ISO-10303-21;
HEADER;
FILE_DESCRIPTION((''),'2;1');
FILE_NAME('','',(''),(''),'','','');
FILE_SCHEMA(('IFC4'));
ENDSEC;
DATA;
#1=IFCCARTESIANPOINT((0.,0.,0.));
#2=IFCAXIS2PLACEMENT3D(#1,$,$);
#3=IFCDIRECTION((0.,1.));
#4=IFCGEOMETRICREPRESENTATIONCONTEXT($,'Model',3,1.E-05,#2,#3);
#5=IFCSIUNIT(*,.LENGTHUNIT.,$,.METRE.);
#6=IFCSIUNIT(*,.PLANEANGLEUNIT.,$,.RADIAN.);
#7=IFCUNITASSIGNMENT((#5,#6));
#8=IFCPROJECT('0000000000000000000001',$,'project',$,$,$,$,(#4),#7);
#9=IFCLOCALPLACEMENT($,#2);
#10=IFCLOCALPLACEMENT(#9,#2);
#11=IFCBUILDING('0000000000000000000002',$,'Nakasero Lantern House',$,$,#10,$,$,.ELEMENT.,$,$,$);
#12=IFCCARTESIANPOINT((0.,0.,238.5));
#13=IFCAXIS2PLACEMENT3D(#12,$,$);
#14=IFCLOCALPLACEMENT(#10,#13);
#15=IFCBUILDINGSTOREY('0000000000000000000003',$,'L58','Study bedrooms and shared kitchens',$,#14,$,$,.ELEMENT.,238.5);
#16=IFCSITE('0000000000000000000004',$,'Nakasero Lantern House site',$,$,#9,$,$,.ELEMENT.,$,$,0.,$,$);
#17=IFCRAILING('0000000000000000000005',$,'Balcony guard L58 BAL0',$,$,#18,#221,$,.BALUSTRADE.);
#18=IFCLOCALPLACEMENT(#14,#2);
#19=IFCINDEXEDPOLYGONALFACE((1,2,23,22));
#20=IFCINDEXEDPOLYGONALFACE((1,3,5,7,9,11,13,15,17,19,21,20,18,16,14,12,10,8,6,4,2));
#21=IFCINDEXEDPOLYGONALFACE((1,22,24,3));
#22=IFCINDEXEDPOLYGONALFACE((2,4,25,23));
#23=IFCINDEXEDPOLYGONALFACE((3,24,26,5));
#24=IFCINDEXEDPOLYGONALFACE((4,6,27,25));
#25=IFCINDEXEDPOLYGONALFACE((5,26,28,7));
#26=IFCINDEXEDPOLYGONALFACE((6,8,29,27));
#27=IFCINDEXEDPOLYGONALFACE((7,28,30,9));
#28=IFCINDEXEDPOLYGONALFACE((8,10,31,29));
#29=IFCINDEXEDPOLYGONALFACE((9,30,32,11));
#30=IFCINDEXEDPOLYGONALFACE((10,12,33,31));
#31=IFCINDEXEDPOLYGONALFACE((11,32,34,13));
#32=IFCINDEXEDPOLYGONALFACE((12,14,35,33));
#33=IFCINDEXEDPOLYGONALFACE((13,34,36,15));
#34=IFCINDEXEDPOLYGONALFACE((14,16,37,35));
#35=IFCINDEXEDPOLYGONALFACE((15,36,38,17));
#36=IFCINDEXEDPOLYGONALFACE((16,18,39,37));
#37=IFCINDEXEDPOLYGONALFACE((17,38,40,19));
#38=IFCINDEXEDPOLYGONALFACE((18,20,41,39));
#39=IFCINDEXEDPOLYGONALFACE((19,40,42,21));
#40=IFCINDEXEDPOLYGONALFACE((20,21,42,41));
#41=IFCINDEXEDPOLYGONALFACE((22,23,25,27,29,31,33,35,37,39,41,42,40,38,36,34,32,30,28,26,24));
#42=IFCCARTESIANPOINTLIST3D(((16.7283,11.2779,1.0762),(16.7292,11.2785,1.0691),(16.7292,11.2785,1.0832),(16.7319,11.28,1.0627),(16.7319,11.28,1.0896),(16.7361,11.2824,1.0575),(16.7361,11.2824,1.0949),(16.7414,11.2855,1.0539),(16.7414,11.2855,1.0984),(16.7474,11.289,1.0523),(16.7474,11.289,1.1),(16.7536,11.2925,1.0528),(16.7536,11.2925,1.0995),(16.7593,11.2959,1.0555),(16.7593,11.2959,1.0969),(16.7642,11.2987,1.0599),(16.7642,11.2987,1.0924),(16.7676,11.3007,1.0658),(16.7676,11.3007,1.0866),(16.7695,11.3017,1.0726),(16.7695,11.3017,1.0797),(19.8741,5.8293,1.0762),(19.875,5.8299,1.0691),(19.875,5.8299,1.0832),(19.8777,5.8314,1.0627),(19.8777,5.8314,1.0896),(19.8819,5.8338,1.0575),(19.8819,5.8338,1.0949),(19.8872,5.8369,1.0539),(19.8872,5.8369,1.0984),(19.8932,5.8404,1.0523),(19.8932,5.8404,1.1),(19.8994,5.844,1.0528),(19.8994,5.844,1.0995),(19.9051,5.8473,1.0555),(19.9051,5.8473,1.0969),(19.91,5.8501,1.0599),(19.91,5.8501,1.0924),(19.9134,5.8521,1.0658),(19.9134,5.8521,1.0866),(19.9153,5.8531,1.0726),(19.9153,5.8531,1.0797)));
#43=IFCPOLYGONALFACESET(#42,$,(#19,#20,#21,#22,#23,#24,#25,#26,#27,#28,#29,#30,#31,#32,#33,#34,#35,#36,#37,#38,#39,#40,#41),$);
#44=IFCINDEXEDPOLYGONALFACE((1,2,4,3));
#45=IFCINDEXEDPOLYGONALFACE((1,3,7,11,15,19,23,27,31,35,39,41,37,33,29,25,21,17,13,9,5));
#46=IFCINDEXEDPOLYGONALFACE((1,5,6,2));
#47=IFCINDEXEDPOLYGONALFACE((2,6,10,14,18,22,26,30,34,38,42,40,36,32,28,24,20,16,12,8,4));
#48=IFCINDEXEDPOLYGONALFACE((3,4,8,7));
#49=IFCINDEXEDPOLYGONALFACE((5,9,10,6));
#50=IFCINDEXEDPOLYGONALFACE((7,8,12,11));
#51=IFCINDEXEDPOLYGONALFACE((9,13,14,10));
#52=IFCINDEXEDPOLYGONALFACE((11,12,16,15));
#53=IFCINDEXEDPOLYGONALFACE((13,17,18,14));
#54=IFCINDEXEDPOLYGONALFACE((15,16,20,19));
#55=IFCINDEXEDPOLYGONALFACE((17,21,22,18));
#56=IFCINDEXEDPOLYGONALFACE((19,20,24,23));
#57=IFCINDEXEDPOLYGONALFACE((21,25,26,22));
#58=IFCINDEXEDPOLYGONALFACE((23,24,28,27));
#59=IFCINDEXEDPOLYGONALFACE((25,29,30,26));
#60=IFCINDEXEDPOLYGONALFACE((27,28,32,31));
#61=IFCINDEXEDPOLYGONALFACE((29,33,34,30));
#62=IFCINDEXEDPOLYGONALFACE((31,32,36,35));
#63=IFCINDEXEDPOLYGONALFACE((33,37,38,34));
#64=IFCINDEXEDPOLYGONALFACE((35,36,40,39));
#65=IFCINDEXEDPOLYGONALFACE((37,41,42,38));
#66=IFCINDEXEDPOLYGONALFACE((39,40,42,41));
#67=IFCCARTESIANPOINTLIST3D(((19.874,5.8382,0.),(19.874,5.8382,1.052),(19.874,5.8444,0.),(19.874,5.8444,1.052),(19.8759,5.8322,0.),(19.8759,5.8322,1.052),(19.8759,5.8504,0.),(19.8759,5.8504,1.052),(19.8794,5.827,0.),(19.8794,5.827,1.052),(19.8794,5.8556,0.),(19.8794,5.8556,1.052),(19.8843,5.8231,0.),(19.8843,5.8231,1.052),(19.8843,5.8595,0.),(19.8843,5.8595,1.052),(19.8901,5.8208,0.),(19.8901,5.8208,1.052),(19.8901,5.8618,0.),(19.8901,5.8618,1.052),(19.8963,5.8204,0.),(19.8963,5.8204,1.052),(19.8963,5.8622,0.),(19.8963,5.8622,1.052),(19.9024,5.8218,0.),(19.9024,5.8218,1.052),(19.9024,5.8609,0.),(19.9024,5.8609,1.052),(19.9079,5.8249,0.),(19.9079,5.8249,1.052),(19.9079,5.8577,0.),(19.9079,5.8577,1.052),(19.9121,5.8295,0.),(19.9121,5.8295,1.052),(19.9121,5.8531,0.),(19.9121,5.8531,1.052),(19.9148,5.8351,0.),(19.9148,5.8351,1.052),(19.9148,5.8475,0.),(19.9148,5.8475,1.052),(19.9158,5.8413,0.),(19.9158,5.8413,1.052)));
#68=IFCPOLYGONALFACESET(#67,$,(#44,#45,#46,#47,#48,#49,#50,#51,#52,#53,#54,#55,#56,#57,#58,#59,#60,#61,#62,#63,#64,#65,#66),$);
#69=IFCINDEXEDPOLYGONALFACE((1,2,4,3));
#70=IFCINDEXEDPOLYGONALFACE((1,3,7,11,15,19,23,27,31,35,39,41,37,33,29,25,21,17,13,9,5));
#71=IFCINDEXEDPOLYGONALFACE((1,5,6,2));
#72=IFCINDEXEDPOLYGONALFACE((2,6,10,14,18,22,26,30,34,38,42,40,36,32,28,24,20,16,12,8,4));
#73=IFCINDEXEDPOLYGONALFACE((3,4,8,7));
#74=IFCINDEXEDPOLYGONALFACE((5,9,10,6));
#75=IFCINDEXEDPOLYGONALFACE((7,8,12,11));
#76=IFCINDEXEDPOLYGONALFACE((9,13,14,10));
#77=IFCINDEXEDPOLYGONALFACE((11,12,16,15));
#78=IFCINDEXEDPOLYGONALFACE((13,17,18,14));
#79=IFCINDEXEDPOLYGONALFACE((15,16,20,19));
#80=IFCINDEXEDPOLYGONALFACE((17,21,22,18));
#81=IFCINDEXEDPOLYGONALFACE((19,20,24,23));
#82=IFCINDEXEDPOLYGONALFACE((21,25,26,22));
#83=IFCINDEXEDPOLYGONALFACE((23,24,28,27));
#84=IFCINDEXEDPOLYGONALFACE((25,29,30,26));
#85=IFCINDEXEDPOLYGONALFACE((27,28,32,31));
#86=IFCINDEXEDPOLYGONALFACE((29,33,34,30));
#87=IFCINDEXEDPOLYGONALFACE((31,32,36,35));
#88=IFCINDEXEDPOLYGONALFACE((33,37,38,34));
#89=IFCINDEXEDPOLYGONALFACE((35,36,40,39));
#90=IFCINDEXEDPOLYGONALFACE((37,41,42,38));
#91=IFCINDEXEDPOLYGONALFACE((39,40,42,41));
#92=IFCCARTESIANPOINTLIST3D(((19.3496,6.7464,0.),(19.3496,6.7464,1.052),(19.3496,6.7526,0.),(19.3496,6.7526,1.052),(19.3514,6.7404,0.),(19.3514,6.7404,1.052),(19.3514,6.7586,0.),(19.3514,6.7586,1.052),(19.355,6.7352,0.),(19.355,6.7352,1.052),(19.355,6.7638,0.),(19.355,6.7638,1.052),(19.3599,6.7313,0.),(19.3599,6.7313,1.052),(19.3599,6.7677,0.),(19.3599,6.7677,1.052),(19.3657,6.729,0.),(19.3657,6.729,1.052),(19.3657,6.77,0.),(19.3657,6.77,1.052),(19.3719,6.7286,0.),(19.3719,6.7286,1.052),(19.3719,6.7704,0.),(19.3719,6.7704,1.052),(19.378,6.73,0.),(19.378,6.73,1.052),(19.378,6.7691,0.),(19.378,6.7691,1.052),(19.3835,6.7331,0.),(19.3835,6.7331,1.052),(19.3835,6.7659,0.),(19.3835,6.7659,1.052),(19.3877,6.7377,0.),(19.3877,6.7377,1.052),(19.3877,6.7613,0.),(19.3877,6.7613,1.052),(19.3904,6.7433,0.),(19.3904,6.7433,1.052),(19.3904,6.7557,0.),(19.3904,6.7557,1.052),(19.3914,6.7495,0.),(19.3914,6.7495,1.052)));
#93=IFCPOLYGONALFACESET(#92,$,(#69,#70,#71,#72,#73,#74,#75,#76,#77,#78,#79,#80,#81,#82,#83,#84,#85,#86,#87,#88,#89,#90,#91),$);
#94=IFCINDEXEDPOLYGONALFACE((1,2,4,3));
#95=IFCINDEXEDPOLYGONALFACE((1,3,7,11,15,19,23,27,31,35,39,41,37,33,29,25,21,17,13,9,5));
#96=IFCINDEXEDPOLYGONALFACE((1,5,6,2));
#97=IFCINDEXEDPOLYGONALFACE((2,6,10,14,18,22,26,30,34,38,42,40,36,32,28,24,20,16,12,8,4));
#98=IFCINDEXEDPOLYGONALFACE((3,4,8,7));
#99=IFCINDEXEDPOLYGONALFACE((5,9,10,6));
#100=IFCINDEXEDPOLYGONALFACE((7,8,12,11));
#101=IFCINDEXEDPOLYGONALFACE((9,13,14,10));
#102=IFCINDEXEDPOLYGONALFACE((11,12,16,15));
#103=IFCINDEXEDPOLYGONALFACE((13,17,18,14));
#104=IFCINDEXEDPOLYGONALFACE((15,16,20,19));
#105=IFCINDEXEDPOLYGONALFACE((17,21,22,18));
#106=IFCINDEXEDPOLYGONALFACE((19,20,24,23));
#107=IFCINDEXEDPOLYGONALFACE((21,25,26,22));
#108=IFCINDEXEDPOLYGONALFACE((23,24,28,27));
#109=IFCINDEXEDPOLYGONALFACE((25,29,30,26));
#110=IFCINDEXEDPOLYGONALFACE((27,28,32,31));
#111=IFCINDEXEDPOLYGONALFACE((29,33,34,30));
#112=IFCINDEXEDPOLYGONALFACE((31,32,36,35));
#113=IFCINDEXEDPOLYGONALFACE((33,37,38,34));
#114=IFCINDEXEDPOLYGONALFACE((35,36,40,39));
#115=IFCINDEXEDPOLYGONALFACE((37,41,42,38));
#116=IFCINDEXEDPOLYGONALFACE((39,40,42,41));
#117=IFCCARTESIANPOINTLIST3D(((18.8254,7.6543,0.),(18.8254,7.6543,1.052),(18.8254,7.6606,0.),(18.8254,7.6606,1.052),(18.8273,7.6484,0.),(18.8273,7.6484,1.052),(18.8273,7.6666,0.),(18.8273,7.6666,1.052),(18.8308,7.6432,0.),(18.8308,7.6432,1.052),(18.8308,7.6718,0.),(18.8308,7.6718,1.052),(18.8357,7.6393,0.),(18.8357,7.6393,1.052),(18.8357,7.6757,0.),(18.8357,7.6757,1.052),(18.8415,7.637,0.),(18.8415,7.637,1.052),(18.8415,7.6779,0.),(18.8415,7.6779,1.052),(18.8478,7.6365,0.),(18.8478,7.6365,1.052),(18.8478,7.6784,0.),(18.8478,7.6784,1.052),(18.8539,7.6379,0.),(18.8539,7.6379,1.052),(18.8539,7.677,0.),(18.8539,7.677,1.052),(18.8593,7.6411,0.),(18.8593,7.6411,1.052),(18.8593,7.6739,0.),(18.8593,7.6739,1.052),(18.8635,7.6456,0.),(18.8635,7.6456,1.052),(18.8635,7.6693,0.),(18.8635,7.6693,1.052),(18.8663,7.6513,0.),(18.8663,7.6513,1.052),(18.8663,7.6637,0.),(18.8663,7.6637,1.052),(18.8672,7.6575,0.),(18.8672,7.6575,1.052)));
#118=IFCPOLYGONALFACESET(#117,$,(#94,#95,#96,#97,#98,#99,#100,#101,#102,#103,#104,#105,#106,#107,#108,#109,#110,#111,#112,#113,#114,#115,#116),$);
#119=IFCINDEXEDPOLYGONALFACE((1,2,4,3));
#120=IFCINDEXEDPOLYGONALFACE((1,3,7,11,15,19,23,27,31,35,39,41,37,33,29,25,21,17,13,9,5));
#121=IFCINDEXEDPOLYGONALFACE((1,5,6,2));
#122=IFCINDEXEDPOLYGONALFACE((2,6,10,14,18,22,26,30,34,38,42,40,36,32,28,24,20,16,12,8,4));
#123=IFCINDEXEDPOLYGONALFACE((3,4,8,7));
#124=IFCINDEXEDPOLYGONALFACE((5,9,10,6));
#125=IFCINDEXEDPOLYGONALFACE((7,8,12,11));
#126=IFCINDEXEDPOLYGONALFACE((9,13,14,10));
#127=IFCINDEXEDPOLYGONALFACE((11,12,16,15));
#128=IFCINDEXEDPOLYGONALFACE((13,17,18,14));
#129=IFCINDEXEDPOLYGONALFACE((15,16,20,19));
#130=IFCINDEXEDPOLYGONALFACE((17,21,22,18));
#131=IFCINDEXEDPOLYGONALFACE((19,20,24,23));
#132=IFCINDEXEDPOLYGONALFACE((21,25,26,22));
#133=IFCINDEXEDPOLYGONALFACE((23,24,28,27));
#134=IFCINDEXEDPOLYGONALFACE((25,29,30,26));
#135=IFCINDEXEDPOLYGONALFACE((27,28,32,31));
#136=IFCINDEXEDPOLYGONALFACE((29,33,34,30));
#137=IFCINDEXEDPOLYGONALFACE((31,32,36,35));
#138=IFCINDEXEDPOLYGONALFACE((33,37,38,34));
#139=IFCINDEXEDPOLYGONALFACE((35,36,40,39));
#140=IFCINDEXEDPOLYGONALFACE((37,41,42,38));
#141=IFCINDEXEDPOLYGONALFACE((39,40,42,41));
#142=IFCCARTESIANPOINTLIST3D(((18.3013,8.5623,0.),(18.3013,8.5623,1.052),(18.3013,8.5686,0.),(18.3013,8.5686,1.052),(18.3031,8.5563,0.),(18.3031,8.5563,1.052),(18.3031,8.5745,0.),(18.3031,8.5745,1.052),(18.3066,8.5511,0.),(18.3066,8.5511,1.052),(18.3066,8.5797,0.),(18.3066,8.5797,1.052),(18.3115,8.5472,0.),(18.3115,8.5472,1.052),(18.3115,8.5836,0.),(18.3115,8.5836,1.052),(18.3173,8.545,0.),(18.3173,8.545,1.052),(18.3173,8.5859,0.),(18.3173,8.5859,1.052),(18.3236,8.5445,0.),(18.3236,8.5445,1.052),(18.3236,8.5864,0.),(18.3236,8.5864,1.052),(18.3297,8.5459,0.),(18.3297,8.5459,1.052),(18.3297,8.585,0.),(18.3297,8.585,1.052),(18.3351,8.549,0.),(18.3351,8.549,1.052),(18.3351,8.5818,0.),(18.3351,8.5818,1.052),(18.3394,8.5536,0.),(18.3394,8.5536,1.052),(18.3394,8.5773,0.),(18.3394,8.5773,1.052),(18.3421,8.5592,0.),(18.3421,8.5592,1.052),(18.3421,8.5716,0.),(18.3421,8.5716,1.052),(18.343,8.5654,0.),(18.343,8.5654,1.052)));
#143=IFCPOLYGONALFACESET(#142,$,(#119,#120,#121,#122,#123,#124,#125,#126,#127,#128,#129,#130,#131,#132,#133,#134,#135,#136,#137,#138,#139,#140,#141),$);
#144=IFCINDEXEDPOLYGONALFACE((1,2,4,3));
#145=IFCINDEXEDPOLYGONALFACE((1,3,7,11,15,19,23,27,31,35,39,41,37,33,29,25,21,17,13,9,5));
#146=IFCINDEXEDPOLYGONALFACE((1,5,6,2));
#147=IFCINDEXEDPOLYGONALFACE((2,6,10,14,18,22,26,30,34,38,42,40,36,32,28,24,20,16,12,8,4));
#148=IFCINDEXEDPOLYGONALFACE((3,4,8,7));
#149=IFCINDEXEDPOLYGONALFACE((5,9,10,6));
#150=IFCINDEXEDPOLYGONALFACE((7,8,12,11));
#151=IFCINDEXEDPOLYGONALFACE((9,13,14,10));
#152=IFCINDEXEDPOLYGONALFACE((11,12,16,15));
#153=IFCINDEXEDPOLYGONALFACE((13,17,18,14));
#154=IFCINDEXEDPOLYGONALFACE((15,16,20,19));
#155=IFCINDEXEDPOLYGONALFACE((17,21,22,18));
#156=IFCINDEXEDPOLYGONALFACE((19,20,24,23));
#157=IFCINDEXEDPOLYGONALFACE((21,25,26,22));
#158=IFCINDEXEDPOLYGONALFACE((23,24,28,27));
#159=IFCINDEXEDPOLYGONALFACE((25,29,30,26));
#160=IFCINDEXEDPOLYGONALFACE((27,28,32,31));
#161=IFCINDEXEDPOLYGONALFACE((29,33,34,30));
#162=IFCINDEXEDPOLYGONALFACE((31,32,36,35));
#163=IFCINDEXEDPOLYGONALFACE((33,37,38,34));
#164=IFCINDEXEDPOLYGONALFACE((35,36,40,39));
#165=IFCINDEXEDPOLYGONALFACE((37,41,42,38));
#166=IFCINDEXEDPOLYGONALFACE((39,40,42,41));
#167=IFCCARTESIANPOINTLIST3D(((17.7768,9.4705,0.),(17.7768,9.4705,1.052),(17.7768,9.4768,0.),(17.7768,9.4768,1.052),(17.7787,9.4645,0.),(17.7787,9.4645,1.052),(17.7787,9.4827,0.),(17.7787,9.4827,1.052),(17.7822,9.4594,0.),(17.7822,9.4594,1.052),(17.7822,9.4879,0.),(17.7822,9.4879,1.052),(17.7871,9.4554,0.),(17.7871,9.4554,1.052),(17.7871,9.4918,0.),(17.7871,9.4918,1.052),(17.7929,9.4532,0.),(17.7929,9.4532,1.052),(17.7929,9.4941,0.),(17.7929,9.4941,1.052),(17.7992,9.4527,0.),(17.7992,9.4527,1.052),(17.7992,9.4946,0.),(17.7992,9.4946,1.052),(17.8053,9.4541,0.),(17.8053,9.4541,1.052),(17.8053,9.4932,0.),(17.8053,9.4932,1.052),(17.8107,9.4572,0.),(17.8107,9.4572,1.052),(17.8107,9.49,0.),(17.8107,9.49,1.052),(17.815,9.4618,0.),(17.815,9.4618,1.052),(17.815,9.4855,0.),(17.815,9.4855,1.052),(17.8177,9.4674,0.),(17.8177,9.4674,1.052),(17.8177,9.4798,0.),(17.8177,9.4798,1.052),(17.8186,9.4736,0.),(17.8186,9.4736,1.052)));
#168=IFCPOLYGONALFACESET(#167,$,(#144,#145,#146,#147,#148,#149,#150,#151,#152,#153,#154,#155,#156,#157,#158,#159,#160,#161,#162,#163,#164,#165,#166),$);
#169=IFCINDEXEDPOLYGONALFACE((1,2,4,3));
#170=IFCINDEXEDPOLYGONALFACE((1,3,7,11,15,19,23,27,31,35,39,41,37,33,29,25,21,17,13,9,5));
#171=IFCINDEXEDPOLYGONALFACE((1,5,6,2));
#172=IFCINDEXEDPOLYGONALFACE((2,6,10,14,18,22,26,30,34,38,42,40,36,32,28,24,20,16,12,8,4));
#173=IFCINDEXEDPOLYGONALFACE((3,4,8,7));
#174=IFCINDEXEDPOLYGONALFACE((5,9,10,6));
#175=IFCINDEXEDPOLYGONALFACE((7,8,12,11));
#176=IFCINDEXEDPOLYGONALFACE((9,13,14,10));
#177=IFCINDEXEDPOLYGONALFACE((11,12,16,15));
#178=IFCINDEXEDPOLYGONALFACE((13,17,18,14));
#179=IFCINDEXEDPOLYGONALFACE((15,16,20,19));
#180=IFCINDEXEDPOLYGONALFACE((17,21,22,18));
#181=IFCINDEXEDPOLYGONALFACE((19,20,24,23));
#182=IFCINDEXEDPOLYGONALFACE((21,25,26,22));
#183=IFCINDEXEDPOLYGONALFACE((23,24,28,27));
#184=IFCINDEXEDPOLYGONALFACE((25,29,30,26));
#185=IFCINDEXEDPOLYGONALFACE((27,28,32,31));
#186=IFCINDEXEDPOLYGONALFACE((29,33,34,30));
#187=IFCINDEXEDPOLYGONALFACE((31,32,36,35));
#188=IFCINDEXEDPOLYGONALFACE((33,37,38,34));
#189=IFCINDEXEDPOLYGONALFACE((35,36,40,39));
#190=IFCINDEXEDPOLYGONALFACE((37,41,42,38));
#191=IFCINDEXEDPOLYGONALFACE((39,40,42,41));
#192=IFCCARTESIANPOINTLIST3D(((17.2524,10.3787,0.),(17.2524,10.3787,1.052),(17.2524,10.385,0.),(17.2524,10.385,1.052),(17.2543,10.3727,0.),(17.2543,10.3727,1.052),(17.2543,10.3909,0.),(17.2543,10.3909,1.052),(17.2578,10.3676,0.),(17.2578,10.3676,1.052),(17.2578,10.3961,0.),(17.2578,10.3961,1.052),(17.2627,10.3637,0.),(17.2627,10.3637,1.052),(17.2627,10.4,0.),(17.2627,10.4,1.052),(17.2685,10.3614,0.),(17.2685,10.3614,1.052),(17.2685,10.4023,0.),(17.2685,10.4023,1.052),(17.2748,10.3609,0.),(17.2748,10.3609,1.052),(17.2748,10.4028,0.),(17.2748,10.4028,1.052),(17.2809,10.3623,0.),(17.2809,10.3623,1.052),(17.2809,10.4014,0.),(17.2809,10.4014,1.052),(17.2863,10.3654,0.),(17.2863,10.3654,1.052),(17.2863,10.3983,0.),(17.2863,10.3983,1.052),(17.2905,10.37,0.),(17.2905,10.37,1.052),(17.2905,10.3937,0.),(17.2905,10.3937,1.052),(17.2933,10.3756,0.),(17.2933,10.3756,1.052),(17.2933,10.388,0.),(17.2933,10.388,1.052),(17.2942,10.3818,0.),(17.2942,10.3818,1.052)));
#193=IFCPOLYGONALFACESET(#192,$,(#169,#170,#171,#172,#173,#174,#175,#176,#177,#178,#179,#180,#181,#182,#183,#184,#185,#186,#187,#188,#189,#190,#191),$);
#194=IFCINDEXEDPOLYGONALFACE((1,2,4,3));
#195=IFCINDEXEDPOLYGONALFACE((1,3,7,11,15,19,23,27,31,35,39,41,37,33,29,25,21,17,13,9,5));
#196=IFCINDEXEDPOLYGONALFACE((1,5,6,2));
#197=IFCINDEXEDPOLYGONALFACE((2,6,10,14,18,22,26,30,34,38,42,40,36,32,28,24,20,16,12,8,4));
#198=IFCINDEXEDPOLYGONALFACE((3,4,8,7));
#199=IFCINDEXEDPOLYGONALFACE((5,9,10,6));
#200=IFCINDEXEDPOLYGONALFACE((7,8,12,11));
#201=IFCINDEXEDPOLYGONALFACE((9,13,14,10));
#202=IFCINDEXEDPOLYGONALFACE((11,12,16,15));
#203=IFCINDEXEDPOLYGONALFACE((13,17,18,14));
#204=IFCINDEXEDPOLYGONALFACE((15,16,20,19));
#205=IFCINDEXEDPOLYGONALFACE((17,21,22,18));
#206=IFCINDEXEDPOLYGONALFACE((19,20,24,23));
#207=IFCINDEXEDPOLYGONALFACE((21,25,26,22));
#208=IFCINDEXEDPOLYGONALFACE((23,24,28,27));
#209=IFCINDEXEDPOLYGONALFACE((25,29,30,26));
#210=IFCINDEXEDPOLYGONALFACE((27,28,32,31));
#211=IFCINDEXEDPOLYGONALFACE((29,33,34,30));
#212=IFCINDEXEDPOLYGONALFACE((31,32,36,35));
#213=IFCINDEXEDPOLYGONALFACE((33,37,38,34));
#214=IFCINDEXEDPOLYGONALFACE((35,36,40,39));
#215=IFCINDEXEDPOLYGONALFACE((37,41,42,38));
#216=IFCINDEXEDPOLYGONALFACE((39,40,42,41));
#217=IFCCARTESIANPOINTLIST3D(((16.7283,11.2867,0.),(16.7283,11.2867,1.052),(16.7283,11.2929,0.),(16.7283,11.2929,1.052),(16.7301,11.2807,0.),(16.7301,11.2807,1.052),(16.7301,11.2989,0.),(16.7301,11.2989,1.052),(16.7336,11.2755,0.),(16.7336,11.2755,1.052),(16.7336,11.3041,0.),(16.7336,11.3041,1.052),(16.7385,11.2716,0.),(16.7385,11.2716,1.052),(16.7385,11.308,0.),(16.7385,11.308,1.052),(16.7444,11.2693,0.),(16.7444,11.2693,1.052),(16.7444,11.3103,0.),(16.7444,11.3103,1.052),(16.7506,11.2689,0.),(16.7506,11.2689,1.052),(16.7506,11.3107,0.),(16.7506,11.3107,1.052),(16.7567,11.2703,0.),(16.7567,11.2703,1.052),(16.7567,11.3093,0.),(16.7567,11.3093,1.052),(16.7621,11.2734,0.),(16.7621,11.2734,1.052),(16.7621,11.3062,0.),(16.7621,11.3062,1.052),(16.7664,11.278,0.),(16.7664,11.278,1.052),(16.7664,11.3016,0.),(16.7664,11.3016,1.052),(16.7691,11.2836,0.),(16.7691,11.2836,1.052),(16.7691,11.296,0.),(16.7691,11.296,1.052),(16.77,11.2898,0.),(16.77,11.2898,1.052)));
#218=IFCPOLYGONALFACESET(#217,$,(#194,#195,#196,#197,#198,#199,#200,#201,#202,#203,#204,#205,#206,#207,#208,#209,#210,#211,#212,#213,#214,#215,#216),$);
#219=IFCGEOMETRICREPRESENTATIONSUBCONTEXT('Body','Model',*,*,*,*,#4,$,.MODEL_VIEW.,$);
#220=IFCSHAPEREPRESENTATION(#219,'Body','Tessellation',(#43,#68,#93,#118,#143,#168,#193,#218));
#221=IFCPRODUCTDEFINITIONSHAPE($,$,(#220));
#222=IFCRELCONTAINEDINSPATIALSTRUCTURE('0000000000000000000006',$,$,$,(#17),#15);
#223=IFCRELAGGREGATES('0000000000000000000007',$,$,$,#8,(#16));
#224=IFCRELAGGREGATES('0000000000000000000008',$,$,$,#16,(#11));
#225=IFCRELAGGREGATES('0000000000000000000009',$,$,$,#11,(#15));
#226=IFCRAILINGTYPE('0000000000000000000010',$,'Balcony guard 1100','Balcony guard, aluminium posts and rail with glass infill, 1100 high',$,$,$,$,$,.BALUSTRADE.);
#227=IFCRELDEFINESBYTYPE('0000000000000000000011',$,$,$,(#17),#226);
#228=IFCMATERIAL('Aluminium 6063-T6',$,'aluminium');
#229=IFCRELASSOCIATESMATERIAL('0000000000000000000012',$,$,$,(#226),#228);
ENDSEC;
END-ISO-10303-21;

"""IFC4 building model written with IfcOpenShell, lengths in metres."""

from ifc_helpers import new_model, si_unit, direction, frame, origin, origin_2d, place, context, subcontext, project, spatial, circle, extrude, material, type_object, element, save


model = new_model("IFC4")

# Units and contexts
model_context = context("Model", 3, precision=1e-05, world=origin(), true_north=direction((0.0, 1.0)))
body_context = subcontext(model_context, "Body", "Model", "MODEL_VIEW")
ifc_project = project(units=[si_unit("LENGTHUNIT", "METRE"), si_unit("PLANEANGLEUNIT", "RADIAN")], contexts=[model_context])

# Site, building, storey
site_placement = place(None, origin())
site = spatial("IfcSite", under=ifc_project, at=site_placement, Name="Nakasero Lantern House site", CompositionType="ELEMENT", RefElevation=0.0)
building_placement = place(site_placement, origin())
building = spatial("IfcBuilding", under=site, at=building_placement, Name="Nakasero Lantern House", CompositionType="ELEMENT")
storey_placement = place(building_placement, frame((0.0, 0.0, 238.5)))
storey = spatial("IfcBuildingStorey", under=building, at=storey_placement, Name="L58", Description="Study bedrooms and shared kitchens", CompositionType="ELEMENT", Elevation=238.5)

# Railing
ifc_material_1 = material(Name="Aluminium 6063-T6", Category="aluminium")
railing_type = type_object("IfcRailingType", Name="Balcony guard 1100", Description="Balcony guard, aluminium posts and rail with glass infill, 1100 high", PredefinedType="BALUSTRADE", material=ifc_material_1)
railing_placement = place(storey_placement, frame((19.8948, 5.8413, 0.0)))
element("IfcRailing", 1, at=railing_placement, inside=storey, type_object=railing_type, Name="Balcony guard L58 BAL0", PredefinedType="BALUSTRADE", context=body_context, shape_type="SweptSolid", body=[
    extrude(circle(Radius=0.0239, at=origin_2d()), frame((0.0, 0.0, 1.0762), z_axis=(-0.500008, 0.866021, 0.0), x_axis=(-0.866021, -0.500008, 0.0)), (0.0, 0.0, 1.0), 6.2915),
    extrude(circle(Radius=0.021, at=origin_2d()), origin(), (0.0, 0.0, 1.0), 1.052),
    extrude(circle(Radius=0.021, at=origin_2d()), frame((-0.5244, 0.9082, 0.0)), (0.0, 0.0, 1.0), 1.052),
    extrude(circle(Radius=0.021, at=origin_2d()), frame((-1.0486, 1.8162, 0.0)), (0.0, 0.0, 1.0), 1.052),
    extrude(circle(Radius=0.021, at=origin_2d()), frame((-1.5728, 2.7241, 0.0)), (0.0, 0.0, 1.0), 1.052),
    extrude(circle(Radius=0.021, at=origin_2d()), frame((-2.0972, 3.6323, 0.0)), (0.0, 0.0, 1.0), 1.052),
    extrude(circle(Radius=0.021, at=origin_2d()), frame((-2.6216, 4.5405, 0.0)), (0.0, 0.0, 1.0), 1.052),
    extrude(circle(Radius=0.021, at=origin_2d()), frame((-3.1458, 5.4485, 0.0)), (0.0, 0.0, 1.0), 1.052),
])

save(model, "model.ifc")
